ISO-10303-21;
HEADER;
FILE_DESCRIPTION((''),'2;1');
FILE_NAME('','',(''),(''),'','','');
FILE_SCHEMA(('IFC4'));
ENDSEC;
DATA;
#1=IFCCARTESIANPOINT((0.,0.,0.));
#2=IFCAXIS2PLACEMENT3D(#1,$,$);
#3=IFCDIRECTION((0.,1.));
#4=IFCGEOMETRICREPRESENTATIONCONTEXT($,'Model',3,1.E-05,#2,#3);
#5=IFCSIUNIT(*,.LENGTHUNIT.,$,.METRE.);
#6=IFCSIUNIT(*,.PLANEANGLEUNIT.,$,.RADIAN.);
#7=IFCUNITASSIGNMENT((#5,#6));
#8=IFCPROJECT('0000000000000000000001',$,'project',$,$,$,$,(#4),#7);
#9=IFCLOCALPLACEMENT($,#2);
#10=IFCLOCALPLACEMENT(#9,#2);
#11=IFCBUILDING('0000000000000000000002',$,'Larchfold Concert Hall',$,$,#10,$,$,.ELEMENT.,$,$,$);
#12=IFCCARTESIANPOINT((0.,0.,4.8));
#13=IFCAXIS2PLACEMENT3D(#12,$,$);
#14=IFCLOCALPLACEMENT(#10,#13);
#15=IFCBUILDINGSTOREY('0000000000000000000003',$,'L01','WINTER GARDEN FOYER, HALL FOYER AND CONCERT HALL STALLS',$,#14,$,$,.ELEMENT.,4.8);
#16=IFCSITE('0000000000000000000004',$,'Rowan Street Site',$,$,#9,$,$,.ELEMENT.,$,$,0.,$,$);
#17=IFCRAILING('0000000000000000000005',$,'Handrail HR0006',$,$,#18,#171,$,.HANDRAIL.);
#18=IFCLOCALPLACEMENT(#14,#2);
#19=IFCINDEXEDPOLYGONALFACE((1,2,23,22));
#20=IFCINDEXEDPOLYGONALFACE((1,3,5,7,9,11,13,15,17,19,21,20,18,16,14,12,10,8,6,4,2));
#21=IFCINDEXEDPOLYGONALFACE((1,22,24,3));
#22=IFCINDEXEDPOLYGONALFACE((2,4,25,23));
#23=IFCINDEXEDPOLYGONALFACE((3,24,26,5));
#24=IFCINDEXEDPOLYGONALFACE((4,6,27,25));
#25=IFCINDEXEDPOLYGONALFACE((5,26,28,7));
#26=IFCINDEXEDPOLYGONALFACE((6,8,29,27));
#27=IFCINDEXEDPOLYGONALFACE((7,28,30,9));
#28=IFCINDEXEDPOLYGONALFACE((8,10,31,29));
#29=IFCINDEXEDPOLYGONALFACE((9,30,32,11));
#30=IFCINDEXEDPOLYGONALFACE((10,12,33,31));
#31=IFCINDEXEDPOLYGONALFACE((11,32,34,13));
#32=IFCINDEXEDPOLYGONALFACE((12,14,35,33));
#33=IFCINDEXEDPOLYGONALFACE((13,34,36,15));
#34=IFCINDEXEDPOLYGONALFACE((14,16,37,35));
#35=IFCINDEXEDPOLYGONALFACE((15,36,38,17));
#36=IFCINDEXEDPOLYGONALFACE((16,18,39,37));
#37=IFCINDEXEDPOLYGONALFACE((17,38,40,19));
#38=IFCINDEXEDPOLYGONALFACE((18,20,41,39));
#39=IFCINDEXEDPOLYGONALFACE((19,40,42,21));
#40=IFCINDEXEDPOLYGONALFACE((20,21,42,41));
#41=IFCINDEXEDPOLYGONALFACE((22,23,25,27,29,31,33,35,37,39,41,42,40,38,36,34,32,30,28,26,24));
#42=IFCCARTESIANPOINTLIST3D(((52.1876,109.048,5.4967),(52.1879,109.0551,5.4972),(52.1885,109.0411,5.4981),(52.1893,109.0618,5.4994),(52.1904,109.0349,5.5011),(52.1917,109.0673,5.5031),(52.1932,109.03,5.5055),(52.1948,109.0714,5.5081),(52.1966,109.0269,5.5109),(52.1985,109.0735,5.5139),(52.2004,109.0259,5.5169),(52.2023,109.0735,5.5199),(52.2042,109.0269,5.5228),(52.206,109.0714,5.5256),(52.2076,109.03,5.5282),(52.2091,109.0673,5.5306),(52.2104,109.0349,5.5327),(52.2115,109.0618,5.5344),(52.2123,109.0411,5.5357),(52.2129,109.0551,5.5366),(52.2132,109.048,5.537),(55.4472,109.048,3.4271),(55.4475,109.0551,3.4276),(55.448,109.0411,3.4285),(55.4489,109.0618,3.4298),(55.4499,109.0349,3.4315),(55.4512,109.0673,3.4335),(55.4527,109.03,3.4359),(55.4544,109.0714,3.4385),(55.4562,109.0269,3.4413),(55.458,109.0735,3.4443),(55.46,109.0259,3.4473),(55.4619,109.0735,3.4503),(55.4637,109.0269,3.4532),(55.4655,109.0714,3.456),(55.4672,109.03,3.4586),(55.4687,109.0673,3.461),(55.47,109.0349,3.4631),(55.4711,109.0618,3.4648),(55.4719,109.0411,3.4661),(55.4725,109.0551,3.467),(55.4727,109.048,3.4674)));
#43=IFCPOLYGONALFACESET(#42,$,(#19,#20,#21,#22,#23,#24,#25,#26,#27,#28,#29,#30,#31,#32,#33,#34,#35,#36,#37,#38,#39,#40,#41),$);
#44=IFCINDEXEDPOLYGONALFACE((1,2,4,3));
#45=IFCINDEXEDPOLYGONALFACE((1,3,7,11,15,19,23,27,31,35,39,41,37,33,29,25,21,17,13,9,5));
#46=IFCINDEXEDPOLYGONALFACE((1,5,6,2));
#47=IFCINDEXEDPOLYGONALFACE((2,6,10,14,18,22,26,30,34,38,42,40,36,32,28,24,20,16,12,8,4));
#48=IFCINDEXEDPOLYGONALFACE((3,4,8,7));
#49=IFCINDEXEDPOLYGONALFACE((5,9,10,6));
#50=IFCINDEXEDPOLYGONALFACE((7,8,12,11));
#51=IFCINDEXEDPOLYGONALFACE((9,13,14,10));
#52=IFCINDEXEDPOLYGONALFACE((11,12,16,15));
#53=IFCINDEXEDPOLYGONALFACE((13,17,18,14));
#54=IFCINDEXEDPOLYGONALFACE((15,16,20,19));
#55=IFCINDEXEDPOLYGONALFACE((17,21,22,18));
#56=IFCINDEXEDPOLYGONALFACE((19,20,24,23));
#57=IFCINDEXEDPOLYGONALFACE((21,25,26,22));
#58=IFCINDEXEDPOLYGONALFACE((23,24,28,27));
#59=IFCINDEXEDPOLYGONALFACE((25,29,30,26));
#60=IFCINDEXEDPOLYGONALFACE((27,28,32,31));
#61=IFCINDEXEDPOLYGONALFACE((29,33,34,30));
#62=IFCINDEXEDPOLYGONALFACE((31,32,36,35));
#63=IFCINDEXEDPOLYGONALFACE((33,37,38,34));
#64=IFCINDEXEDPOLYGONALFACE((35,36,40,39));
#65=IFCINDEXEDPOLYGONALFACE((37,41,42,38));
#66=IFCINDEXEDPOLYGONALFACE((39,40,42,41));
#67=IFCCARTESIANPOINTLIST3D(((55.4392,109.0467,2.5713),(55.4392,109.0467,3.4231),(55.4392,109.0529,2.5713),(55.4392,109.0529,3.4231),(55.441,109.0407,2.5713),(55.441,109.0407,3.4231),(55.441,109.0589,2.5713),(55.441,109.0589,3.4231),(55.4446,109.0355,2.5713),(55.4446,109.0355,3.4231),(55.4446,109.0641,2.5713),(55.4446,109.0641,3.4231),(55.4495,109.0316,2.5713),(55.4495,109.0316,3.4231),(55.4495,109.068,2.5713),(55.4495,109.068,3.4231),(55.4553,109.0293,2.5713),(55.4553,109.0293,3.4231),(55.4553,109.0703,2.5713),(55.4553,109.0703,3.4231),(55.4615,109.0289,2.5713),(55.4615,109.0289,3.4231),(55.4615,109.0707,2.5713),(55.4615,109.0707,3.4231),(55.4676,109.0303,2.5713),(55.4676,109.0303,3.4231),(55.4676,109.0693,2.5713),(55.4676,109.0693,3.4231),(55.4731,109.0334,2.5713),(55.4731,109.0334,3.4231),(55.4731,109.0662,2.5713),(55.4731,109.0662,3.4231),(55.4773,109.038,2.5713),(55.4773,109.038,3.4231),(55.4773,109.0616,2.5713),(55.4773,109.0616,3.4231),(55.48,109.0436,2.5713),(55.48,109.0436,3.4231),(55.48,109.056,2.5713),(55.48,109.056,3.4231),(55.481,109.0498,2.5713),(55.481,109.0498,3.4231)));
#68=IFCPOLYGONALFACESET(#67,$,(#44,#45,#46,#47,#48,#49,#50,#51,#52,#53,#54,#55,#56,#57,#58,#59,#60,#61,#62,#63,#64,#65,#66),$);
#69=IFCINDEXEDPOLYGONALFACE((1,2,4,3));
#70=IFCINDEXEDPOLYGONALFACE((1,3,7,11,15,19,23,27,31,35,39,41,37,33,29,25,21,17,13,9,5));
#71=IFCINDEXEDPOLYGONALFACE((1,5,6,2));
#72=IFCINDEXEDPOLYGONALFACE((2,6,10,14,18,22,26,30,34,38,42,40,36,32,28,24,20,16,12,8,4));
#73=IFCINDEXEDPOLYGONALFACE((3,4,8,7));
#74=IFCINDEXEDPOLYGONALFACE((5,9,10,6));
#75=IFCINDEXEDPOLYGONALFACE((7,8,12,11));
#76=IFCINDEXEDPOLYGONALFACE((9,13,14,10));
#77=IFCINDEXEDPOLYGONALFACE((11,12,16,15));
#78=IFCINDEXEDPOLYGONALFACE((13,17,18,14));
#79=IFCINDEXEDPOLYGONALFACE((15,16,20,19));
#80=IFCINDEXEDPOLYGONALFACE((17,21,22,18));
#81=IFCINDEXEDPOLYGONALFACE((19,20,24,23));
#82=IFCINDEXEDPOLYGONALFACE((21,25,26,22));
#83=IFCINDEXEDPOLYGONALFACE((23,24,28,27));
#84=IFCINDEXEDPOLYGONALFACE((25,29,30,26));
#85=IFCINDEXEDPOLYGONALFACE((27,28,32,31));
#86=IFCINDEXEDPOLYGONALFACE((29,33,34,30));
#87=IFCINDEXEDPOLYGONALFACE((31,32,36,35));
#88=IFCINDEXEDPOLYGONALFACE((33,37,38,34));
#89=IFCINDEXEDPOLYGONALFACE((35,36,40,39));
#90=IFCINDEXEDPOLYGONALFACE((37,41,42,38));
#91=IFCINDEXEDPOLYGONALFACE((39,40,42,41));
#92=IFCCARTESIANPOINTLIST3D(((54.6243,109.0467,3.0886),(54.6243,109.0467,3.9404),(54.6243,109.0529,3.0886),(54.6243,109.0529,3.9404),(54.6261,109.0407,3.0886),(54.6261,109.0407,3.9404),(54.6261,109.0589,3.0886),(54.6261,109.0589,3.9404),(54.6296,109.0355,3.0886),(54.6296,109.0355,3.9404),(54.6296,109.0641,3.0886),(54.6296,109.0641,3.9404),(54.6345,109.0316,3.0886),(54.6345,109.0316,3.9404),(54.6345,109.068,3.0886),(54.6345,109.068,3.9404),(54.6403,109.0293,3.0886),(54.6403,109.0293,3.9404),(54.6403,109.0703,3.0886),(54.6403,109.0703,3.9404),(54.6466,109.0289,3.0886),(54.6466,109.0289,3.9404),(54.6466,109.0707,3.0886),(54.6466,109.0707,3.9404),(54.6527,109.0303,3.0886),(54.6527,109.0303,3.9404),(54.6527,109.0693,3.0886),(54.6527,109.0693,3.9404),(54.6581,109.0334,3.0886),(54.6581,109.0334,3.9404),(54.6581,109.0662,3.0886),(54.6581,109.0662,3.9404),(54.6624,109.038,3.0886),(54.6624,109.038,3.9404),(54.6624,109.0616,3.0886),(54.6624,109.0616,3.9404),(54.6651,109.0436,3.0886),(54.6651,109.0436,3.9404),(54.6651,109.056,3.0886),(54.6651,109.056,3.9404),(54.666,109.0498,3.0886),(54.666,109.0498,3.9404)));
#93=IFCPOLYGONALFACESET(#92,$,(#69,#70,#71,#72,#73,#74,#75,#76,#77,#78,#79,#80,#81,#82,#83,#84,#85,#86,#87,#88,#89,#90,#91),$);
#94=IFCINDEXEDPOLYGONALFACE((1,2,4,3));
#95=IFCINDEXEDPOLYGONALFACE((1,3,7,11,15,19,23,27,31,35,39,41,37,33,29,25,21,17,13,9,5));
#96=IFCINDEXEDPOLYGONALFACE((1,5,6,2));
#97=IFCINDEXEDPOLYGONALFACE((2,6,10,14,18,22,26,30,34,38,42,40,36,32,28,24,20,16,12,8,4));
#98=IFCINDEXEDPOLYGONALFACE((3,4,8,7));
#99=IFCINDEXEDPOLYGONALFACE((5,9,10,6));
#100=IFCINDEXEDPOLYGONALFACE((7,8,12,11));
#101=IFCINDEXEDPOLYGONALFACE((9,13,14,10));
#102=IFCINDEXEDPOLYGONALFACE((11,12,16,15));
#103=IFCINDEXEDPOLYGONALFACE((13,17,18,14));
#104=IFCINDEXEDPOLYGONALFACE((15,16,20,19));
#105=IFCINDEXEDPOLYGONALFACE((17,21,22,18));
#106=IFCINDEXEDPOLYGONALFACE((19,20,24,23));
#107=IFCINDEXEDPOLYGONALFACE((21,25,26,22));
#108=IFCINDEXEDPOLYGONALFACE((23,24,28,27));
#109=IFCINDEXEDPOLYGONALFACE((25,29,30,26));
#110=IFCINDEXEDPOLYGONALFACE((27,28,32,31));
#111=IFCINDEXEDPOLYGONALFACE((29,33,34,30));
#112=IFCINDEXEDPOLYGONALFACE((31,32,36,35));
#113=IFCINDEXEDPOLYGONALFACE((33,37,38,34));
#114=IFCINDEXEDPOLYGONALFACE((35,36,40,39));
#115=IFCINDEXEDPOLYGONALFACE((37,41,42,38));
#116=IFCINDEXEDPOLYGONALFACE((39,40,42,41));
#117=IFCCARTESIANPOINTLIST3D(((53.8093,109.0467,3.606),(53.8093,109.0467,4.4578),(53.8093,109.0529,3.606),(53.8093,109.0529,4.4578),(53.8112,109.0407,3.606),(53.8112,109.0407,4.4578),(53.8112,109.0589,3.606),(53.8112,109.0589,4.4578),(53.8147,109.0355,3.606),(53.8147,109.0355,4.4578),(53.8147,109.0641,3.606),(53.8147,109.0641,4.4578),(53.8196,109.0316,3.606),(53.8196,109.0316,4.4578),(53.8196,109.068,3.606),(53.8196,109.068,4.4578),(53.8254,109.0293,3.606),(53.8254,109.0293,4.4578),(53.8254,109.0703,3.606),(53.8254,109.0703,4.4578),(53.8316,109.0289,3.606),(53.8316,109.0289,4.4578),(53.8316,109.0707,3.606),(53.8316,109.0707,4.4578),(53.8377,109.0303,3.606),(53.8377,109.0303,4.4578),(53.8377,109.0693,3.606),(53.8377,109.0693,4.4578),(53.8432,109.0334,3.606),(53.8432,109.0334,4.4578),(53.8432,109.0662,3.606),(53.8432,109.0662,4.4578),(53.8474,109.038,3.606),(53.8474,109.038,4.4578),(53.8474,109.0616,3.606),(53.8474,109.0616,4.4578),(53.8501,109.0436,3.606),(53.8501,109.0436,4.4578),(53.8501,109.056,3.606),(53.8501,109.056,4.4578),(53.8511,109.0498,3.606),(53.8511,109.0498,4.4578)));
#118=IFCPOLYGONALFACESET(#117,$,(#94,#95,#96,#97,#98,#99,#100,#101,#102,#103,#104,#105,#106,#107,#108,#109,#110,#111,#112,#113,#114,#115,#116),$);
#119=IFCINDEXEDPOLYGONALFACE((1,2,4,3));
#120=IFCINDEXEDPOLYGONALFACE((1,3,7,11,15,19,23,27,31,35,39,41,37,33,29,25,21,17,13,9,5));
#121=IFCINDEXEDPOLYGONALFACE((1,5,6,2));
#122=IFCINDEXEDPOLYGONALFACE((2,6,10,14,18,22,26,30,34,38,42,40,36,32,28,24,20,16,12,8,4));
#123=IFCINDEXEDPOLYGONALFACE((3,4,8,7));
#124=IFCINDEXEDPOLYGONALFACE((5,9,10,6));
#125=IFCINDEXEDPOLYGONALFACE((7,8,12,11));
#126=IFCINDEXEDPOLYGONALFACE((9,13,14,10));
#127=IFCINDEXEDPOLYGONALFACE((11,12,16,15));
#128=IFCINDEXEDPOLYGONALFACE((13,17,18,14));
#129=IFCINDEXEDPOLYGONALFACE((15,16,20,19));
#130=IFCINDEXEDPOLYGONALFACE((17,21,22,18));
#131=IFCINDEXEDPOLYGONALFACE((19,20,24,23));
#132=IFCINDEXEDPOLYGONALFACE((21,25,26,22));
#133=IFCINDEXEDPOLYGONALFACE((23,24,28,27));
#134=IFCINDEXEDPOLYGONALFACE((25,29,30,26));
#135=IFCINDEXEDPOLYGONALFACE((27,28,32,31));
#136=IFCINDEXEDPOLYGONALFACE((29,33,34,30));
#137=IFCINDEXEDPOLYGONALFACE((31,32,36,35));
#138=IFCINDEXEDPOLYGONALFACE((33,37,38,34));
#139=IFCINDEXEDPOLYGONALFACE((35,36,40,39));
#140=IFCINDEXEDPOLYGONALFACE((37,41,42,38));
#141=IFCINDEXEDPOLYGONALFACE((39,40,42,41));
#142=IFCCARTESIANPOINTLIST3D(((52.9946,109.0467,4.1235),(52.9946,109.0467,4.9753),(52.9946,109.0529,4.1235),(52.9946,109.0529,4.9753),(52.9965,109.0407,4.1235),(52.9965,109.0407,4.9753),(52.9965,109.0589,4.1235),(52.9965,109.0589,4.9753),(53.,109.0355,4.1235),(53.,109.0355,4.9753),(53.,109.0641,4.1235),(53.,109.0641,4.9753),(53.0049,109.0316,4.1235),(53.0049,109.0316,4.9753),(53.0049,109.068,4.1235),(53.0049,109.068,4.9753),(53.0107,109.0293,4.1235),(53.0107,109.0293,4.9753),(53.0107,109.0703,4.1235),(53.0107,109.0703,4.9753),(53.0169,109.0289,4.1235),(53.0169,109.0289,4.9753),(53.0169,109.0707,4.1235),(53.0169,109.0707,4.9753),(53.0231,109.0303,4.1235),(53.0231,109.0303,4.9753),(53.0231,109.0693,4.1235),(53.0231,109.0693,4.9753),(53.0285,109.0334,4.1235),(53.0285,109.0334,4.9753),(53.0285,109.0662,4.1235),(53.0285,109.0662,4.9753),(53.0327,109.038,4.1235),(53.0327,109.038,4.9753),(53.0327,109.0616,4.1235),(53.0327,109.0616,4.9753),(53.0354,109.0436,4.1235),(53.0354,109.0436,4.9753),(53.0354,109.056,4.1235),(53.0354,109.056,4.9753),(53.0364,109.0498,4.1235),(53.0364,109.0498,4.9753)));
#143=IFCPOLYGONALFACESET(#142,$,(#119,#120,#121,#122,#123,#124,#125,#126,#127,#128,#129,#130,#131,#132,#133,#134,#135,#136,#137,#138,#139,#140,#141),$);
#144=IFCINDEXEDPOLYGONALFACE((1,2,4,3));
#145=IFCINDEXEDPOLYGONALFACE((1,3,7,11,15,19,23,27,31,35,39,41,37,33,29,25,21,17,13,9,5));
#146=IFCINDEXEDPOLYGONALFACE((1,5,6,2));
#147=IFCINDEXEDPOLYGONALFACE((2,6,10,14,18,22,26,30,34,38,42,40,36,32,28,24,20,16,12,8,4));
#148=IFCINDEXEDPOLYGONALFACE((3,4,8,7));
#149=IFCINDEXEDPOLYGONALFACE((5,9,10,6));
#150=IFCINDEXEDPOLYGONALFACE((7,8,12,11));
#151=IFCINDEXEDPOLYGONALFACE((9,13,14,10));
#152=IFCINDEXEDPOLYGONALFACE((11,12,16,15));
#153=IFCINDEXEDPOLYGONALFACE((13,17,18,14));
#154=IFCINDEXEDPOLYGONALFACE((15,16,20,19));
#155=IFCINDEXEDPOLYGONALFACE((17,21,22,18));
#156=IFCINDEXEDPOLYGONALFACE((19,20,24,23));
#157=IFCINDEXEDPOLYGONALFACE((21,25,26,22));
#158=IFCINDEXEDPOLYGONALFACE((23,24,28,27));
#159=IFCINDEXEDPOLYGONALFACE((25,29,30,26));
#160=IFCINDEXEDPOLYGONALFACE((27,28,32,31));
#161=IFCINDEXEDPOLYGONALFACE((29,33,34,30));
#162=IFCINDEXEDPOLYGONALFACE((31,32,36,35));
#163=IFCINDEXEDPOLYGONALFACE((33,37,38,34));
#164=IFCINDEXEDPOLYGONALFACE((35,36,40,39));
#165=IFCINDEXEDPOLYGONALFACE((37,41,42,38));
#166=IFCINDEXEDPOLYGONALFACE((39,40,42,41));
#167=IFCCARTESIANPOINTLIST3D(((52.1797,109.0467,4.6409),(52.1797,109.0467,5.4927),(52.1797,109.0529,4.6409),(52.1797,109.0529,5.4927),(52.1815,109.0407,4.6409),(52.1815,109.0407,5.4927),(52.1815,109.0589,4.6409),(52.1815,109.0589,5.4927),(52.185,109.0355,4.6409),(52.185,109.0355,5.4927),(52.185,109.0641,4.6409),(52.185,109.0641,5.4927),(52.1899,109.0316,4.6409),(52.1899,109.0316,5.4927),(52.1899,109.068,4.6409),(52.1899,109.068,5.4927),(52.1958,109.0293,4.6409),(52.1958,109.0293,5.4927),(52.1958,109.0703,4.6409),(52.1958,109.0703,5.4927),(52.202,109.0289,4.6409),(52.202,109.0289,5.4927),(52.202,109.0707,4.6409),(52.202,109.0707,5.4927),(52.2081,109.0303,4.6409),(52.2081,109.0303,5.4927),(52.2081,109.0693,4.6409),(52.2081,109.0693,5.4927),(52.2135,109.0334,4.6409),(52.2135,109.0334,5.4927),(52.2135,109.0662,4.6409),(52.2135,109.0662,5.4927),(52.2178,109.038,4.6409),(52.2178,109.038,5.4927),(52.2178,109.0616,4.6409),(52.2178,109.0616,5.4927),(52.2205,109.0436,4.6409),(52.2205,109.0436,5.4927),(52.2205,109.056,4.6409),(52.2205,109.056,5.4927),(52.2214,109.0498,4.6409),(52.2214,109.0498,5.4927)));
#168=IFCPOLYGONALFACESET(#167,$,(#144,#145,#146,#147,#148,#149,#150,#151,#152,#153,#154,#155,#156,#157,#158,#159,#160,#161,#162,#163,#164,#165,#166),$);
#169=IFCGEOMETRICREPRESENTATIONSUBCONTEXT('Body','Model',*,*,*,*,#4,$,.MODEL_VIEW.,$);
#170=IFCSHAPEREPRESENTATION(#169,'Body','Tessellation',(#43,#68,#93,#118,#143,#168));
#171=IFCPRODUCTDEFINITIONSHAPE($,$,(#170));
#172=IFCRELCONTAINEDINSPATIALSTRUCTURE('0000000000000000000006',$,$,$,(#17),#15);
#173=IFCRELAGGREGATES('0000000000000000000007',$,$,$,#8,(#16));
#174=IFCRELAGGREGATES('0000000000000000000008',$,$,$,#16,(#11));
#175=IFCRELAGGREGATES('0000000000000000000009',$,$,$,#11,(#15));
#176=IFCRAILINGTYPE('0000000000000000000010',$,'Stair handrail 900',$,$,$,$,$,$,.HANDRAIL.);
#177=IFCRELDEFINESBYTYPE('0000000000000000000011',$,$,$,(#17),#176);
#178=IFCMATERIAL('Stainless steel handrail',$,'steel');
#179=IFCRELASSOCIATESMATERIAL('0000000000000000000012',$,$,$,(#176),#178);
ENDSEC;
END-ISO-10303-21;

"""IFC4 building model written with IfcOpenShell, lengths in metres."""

from ifc_helpers import new_model, si_unit, direction, frame, origin, origin_2d, place, context, subcontext, project, spatial, circle, extrude, material, type_object, element, save


model = new_model("IFC4")

# Units and contexts
model_context = context("Model", 3, precision=1e-05, world=origin(), true_north=direction((0.0, 1.0)))
body_context = subcontext(model_context, "Body", "Model", "MODEL_VIEW")
ifc_project = project(units=[si_unit("LENGTHUNIT", "METRE"), si_unit("PLANEANGLEUNIT", "RADIAN")], contexts=[model_context])

# Site, building, storey
site_placement = place(None, origin())
site = spatial("IfcSite", under=ifc_project, at=site_placement, Name="Rowan Street Site", CompositionType="ELEMENT", RefElevation=0.0)
building_placement = place(site_placement, origin())
building = spatial("IfcBuilding", under=site, at=building_placement, Name="Larchfold Concert Hall", CompositionType="ELEMENT")
storey_placement = place(building_placement, frame((0.0, 0.0, 4.8)))
storey = spatial("IfcBuildingStorey", under=building, at=storey_placement, Name="L01", Description="WINTER GARDEN FOYER, HALL FOYER AND CONCERT HALL STALLS", CompositionType="ELEMENT", Elevation=4.8)

# Railing
ifc_material_1 = material(Name="Stainless steel handrail", Category="steel")
railing_type_1 = type_object("IfcRailingType", Name="Stair handrail 900", PredefinedType="HANDRAIL", material=ifc_material_1)
railing_1_placement = place(storey_placement, frame((55.46, 109.0498, 2.5713)))
element("IfcRailing", 1, at=railing_1_placement, inside=storey, type_object=railing_type_1, Name="Handrail HR0006", PredefinedType="HANDRAIL", context=body_context, shape_type="SweptSolid", body=[
    extrude(circle(Radius=0.0239, at=origin_2d()), frame((0.0, 0.0, 0.876), z_axis=(-0.844208, 0.0, 0.536016), x_axis=(0.0, -1.0, 0.0)), (0.0, 0.0, 1.0), 3.8611),
    extrude(circle(Radius=0.021, at=origin_2d()), origin(), (0.0, 0.0, 1.0), 0.8518),
    extrude(circle(Radius=0.021, at=origin_2d()), frame((-0.8149, 0.0, 0.5173)), (0.0, 0.0, 1.0), 0.8518),
    extrude(circle(Radius=0.021, at=origin_2d()), frame((-1.6299, 0.0, 1.0347)), (0.0, 0.0, 1.0), 0.8518),
    extrude(circle(Radius=0.021, at=origin_2d()), frame((-2.4446, 0.0, 1.5522)), (0.0, 0.0, 1.0), 0.8518),
    extrude(circle(Radius=0.021, at=origin_2d()), frame((-3.2595, 0.0, 2.0696)), (0.0, 0.0, 1.0), 0.8518),
])

save(model, "model.ifc")
